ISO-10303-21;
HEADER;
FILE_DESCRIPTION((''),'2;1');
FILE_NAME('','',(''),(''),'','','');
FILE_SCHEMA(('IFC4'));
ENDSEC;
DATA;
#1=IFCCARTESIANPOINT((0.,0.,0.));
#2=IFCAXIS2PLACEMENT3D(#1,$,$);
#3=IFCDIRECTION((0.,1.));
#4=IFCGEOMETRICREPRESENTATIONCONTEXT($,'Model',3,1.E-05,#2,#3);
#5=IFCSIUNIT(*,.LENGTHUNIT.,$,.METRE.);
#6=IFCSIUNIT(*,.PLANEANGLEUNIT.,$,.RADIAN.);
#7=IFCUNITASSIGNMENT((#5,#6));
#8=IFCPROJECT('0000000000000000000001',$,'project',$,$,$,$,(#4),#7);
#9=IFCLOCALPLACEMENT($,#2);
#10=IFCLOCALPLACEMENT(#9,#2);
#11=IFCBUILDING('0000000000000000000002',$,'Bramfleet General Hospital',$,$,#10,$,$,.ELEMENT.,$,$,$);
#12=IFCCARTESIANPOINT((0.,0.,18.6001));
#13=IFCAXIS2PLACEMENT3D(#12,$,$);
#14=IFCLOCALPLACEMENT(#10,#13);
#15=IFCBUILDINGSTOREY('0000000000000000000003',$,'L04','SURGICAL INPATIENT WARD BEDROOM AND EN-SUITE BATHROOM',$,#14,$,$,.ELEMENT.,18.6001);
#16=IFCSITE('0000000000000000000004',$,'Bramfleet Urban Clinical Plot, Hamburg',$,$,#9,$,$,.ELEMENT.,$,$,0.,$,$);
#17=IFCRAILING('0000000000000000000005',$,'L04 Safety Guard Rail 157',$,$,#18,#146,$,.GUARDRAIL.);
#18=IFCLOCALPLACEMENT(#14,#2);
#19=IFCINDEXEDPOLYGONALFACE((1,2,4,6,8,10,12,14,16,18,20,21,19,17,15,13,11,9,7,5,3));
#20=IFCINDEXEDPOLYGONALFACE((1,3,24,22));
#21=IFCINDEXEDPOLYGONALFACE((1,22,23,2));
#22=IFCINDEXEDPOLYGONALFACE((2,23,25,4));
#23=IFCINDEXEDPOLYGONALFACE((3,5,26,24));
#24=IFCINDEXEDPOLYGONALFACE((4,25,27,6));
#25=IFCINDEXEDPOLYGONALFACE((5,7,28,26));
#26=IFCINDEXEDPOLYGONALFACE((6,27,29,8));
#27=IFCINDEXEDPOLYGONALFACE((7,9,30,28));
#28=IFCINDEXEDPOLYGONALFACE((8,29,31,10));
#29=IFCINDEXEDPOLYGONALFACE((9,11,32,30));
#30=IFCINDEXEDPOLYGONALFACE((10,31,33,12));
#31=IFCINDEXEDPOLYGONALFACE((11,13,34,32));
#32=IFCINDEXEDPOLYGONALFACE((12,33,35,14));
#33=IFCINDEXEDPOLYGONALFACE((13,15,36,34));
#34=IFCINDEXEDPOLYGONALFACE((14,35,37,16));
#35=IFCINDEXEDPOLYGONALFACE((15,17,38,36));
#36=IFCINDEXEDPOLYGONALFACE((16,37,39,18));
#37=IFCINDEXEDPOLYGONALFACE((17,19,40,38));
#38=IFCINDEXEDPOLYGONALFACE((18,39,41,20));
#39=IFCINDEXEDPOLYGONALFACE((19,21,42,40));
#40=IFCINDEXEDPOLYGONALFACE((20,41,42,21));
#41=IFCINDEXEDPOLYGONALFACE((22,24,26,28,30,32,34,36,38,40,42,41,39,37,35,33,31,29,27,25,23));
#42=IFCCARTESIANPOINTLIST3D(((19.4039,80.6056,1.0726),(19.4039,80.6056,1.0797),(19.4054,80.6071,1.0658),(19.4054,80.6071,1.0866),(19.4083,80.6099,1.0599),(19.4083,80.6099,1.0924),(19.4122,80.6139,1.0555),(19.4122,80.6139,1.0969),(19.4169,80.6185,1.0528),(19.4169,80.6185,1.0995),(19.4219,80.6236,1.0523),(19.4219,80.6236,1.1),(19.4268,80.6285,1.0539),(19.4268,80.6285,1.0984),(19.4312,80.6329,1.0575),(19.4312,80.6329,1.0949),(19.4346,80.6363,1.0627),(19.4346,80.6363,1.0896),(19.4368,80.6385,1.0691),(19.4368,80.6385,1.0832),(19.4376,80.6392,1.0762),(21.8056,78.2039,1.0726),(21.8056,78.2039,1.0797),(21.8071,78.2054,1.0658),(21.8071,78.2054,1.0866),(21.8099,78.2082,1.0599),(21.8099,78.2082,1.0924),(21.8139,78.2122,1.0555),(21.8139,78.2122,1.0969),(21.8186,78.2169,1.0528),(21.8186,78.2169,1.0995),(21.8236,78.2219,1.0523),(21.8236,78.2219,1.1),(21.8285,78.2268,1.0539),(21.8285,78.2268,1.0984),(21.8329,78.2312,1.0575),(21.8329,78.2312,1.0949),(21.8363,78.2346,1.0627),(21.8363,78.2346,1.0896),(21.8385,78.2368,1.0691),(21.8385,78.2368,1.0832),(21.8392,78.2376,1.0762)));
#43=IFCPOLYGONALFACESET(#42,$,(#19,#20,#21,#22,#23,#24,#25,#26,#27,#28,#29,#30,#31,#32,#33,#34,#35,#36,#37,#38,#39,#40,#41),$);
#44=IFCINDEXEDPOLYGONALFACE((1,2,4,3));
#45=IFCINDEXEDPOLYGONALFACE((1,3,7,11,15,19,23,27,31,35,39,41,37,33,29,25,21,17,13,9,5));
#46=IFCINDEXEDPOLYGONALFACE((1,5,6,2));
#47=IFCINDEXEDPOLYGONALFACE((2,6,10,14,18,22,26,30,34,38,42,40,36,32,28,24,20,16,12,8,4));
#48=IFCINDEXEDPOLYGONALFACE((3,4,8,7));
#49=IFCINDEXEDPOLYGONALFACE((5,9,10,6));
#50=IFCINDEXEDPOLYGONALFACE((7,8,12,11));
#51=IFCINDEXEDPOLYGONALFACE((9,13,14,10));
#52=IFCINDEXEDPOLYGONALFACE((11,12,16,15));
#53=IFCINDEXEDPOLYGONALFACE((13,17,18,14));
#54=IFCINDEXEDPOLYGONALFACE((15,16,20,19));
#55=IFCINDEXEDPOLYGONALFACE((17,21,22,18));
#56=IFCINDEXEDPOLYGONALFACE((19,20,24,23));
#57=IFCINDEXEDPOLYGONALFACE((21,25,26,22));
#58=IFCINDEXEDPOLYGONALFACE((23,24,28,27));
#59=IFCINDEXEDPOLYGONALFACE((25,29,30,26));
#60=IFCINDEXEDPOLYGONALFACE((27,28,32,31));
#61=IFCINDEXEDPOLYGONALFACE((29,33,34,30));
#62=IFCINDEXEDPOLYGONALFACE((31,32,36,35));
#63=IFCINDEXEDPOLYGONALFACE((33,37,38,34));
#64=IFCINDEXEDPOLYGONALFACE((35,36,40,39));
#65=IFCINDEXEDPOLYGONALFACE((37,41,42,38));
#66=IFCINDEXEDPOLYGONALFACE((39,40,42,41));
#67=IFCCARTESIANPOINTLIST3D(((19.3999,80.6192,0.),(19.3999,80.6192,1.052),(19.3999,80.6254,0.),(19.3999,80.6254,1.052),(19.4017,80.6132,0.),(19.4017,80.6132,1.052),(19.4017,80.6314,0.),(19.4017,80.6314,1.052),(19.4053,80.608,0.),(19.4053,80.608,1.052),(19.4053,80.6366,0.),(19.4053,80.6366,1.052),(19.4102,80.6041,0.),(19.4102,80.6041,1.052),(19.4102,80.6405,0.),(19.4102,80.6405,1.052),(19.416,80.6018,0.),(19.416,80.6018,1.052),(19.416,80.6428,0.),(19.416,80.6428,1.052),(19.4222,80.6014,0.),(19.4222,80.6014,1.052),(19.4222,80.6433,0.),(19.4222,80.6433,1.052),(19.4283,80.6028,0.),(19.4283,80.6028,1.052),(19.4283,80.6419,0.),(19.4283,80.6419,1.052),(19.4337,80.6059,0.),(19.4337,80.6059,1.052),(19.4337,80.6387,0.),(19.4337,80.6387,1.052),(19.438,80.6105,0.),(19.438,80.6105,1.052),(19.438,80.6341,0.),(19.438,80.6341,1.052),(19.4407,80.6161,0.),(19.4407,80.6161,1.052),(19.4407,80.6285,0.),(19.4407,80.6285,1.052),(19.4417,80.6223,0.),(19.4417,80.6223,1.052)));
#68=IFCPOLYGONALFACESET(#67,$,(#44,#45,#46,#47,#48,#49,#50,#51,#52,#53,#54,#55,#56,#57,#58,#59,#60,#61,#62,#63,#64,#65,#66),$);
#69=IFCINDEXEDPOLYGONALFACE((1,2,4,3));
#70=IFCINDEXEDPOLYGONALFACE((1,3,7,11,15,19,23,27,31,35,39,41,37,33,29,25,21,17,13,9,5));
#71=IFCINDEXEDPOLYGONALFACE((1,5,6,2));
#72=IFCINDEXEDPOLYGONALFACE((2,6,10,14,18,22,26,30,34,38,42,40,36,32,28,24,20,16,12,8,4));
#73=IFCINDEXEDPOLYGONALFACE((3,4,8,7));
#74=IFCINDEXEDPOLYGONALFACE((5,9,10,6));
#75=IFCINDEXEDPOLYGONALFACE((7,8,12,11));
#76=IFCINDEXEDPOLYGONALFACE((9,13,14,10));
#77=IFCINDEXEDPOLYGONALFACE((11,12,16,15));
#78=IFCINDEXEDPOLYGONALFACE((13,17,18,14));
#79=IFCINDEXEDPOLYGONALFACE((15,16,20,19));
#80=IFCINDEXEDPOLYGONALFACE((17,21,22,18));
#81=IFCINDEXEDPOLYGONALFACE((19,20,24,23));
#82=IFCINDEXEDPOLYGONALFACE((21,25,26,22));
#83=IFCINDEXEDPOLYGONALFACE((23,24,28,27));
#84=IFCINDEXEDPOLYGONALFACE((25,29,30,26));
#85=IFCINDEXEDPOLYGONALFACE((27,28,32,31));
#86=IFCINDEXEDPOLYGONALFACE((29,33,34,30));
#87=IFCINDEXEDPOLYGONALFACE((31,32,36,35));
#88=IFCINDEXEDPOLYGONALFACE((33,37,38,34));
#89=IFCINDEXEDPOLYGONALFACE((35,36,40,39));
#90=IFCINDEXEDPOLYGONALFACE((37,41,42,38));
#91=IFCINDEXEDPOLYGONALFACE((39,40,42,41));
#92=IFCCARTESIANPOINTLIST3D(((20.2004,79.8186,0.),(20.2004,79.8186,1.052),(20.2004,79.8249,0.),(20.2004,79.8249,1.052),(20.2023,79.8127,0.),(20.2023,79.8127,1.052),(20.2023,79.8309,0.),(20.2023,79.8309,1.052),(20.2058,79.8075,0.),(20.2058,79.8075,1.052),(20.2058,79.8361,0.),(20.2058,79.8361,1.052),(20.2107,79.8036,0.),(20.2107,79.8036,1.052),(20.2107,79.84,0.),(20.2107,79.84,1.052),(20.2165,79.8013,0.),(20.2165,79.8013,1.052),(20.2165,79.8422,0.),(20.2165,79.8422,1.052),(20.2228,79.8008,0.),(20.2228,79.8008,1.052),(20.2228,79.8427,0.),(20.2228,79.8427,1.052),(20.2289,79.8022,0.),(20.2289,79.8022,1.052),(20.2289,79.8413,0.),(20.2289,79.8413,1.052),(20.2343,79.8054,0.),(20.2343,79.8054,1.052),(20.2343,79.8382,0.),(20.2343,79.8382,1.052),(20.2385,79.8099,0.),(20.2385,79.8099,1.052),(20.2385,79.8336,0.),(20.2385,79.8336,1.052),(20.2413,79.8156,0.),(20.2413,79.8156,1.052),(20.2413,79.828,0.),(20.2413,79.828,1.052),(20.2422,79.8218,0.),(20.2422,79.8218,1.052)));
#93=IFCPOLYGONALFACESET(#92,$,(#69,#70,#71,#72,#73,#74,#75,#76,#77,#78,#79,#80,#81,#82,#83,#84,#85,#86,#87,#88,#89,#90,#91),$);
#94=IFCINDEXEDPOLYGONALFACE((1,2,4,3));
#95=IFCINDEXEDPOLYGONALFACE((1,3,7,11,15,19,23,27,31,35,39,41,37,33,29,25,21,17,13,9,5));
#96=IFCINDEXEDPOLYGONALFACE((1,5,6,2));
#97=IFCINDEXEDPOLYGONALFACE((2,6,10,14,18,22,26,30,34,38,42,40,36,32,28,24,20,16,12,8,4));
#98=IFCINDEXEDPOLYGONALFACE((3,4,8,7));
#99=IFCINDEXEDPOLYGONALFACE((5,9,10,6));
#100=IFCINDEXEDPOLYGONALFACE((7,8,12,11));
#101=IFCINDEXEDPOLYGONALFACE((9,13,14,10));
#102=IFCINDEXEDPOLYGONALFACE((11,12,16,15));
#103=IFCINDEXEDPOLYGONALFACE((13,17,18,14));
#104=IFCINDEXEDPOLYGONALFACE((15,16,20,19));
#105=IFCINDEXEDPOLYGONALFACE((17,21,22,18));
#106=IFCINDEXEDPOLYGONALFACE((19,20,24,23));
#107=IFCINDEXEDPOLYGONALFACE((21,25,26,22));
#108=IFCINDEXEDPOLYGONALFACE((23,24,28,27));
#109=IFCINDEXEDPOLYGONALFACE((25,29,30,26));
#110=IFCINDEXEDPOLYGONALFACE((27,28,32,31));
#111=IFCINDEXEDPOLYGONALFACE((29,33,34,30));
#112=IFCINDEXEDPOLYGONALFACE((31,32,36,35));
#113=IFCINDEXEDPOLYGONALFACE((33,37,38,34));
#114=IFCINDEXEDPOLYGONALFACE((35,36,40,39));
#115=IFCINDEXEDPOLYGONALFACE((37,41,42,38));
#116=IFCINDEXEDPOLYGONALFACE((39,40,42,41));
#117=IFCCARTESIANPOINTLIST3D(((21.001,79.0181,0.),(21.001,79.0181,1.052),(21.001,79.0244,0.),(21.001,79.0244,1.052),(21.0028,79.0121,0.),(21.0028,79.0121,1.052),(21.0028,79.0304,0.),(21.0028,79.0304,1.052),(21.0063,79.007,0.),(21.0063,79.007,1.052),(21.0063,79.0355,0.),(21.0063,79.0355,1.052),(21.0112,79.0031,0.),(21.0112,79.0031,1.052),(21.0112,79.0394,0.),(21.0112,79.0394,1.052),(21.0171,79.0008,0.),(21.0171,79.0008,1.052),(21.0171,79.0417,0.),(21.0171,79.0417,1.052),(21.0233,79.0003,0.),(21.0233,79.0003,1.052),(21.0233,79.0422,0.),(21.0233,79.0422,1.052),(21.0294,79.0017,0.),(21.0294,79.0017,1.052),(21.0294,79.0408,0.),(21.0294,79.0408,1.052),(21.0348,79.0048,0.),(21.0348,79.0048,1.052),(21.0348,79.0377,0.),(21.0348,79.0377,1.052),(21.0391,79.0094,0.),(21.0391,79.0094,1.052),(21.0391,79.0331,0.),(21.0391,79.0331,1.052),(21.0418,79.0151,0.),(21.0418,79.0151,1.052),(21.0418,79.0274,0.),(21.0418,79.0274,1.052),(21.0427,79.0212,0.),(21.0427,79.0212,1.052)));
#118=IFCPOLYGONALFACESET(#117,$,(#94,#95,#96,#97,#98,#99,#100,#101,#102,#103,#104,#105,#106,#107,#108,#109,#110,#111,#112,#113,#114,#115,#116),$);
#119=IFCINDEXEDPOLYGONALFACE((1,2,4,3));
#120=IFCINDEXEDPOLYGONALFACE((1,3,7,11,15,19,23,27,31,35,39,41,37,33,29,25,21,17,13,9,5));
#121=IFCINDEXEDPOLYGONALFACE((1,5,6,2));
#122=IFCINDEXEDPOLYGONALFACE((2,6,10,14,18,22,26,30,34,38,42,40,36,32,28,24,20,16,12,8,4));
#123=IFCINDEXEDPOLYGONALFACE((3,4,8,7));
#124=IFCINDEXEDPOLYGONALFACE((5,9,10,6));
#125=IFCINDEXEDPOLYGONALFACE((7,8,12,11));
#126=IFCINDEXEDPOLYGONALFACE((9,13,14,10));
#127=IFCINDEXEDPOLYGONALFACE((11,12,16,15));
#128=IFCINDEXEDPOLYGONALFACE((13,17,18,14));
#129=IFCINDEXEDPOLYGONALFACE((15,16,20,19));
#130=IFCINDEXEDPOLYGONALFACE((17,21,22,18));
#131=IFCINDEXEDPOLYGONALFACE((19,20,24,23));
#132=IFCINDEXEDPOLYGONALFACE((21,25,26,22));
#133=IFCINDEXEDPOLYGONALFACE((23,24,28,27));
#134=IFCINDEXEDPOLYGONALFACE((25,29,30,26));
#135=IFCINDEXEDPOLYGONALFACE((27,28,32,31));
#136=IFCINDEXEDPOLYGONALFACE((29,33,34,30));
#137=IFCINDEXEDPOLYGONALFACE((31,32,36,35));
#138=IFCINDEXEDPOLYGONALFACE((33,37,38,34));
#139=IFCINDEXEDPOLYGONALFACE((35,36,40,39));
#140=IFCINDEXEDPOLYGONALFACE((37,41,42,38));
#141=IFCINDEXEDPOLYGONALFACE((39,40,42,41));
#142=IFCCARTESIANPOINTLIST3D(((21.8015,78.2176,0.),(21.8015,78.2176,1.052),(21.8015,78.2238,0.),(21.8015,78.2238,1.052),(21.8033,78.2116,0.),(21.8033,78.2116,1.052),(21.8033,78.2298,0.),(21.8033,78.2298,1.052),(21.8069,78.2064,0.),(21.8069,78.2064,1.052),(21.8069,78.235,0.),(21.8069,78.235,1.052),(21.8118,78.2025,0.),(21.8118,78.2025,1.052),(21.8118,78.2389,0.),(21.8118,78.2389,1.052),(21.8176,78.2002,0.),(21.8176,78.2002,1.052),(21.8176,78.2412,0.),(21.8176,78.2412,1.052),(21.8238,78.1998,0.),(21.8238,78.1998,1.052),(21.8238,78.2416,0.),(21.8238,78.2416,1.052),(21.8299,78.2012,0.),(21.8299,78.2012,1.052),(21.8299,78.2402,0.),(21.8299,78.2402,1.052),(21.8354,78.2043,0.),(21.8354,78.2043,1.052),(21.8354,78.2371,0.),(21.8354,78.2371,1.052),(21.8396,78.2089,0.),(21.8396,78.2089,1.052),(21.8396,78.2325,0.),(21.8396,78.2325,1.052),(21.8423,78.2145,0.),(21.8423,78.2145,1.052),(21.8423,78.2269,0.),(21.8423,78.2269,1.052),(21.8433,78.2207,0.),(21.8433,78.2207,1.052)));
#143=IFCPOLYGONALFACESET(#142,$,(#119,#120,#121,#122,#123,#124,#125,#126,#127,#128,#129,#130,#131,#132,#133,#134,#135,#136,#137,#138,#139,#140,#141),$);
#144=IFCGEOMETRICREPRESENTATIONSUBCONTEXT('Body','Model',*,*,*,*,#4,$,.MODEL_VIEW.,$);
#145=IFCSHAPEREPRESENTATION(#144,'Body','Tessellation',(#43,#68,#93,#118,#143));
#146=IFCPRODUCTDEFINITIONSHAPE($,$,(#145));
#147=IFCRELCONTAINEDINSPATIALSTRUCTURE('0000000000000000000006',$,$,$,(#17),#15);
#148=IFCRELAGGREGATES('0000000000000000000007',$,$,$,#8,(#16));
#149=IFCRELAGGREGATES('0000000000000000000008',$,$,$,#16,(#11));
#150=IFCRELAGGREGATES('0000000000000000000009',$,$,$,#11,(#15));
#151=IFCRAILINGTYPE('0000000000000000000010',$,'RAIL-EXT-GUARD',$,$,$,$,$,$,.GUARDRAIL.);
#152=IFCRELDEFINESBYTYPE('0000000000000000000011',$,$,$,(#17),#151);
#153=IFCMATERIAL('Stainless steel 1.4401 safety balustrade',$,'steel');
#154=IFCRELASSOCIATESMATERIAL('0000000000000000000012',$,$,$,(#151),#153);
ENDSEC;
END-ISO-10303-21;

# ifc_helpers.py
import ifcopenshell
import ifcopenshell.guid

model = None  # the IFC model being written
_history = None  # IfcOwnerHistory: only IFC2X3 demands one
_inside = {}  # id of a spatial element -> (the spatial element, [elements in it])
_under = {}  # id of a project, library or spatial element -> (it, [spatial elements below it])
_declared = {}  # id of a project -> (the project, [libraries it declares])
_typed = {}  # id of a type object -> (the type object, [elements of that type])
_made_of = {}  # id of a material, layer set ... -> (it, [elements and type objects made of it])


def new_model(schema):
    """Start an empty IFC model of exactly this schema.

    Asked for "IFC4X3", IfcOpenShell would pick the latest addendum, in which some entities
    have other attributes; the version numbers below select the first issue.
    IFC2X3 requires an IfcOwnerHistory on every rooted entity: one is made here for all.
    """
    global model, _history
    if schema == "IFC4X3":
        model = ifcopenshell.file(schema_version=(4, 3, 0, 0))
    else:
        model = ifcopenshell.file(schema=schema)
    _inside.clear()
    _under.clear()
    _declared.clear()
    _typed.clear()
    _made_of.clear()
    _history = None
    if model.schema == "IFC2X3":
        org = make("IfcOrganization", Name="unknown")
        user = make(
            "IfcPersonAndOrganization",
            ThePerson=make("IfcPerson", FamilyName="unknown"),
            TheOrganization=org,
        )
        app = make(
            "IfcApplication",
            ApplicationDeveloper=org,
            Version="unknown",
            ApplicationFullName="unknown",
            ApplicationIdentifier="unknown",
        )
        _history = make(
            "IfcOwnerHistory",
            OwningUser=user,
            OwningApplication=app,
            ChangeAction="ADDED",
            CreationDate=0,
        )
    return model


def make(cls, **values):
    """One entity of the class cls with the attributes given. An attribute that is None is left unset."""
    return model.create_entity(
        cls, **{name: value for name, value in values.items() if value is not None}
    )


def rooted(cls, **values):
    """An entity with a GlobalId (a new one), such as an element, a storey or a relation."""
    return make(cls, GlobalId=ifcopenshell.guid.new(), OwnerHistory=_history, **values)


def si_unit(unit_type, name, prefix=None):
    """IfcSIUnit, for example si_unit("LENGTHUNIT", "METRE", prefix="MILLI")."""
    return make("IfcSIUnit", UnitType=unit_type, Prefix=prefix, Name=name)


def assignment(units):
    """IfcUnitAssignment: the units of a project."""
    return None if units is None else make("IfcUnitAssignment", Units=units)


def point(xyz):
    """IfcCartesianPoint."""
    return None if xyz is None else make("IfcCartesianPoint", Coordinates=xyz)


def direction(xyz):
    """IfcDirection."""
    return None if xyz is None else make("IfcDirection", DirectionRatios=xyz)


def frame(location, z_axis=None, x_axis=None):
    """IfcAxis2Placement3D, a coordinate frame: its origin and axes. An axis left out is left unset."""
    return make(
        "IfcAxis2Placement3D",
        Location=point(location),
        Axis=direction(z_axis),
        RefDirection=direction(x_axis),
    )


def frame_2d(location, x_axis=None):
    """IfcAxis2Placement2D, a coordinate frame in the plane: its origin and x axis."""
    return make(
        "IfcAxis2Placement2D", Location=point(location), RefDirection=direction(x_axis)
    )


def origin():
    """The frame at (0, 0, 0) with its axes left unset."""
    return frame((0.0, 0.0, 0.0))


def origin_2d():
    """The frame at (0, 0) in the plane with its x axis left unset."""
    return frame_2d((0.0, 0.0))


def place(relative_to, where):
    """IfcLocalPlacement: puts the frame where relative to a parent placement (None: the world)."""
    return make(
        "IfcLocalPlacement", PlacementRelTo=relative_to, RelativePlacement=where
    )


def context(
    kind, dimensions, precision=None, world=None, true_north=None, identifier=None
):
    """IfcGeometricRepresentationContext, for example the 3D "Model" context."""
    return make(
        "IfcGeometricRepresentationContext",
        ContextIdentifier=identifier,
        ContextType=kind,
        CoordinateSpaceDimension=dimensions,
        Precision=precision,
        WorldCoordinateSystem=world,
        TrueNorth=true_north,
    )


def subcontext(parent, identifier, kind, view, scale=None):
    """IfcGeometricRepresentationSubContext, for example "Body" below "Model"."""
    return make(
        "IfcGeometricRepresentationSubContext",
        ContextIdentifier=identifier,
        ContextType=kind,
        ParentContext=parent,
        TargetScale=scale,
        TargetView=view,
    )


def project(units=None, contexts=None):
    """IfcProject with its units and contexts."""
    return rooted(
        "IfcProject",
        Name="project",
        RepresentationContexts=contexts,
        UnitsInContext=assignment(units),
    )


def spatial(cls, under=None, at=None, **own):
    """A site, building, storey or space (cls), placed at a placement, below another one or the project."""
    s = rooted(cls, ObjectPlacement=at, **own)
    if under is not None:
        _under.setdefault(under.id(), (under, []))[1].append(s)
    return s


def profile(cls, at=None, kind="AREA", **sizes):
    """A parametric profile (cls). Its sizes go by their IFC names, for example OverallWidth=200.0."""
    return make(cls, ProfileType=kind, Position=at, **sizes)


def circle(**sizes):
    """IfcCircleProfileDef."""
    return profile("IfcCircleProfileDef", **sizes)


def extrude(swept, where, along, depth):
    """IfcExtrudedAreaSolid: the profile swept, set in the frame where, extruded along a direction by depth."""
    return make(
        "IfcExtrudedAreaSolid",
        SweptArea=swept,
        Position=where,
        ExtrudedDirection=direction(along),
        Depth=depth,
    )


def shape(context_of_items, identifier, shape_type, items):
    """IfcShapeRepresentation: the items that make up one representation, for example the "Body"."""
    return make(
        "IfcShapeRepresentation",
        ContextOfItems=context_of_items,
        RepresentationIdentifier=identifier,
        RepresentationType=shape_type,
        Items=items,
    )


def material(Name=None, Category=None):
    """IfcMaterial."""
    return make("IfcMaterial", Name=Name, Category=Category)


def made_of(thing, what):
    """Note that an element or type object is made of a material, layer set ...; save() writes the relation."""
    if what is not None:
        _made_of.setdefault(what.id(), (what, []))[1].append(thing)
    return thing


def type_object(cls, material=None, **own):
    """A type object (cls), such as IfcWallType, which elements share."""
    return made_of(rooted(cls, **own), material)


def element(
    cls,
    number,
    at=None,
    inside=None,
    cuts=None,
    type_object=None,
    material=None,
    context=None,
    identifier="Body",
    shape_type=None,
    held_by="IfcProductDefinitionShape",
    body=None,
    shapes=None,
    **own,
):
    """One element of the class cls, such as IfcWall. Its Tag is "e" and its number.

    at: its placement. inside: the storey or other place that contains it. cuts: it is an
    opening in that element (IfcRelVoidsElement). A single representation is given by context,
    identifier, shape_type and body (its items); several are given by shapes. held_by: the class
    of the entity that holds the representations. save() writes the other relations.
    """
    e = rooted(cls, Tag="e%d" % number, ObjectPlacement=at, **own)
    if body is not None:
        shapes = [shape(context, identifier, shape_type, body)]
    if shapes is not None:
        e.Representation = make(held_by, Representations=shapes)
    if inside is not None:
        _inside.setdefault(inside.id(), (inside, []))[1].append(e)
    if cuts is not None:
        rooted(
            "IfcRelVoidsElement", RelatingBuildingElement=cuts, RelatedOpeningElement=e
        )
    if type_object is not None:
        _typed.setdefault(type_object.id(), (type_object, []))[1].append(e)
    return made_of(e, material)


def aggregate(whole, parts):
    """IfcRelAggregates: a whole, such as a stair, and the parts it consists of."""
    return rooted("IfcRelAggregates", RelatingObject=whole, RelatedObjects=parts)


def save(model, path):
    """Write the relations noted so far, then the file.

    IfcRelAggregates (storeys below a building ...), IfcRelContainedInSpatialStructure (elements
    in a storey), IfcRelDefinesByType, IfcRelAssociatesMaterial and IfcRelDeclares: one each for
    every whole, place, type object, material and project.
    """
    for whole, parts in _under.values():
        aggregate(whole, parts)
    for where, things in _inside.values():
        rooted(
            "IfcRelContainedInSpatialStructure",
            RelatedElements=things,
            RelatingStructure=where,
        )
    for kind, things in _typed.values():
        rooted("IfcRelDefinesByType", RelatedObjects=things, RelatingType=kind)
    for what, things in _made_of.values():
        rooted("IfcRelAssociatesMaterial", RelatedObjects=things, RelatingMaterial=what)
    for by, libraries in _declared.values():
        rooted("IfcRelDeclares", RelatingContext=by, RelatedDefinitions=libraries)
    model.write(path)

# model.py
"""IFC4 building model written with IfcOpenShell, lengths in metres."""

from ifc_helpers import new_model, si_unit, direction, frame, origin, origin_2d, place, context, subcontext, project, spatial, circle, extrude, material, type_object, element, save


model = new_model("IFC4")

# Units and contexts
model_context = context("Model", 3, precision=1e-05, world=origin(), true_north=direction((0.0, 1.0)))
body_context = subcontext(model_context, "Body", "Model", "MODEL_VIEW")
ifc_project = project(units=[si_unit("LENGTHUNIT", "METRE"), si_unit("PLANEANGLEUNIT", "RADIAN")], contexts=[model_context])

# Site, building, storey
site_placement = place(None, origin())
site = spatial("IfcSite", under=ifc_project, at=site_placement, Name="Bramfleet Urban Clinical Plot, Hamburg", CompositionType="ELEMENT", RefElevation=0.0)
building_placement = place(site_placement, origin())
building = spatial("IfcBuilding", under=site, at=building_placement, Name="Bramfleet General Hospital", CompositionType="ELEMENT")
storey_placement = place(building_placement, frame((0.0, 0.0, 18.6001)))
storey = spatial("IfcBuildingStorey", under=building, at=storey_placement, Name="L04", Description="SURGICAL INPATIENT WARD BEDROOM AND EN-SUITE BATHROOM", CompositionType="ELEMENT", Elevation=18.6001)

# Railing
ifc_material_1 = material(Name="Stainless steel 1.4401 safety balustrade", Category="steel")
railing_type = type_object("IfcRailingType", Name="RAIL-EXT-GUARD", PredefinedType="GUARDRAIL", material=ifc_material_1)
railing_1_placement = place(storey_placement, frame((19.4207, 80.6223, 0.0)))
element("IfcRailing", 1, at=railing_1_placement, inside=storey, type_object=railing_type, Name="L04 Safety Guard Rail 157", PredefinedType="GUARDRAIL", context=body_context, shape_type="SweptSolid", body=[
    extrude(circle(Radius=0.0239, at=origin_2d()), frame((0.0, 0.0, 1.0762), z_axis=(0.707107, -0.707107, 0.0), x_axis=(0.707107, 0.707107, 0.0)), (0.0, 0.0, 1.0), 3.3965),
    extrude(circle(Radius=0.021, at=origin_2d()), origin(), (0.0, 0.0, 1.0), 1.052),
    extrude(circle(Radius=0.021, at=origin_2d()), frame((0.8005, -0.8005, 0.0)), (0.0, 0.0, 1.0), 1.052),
    extrude(circle(Radius=0.021, at=origin_2d()), frame((1.6011, -1.6011, 0.0)), (0.0, 0.0, 1.0), 1.052),
    extrude(circle(Radius=0.021, at=origin_2d()), frame((2.4016, -2.4016, 0.0)), (0.0, 0.0, 1.0), 1.052),
])

save(model, "model.ifc")
